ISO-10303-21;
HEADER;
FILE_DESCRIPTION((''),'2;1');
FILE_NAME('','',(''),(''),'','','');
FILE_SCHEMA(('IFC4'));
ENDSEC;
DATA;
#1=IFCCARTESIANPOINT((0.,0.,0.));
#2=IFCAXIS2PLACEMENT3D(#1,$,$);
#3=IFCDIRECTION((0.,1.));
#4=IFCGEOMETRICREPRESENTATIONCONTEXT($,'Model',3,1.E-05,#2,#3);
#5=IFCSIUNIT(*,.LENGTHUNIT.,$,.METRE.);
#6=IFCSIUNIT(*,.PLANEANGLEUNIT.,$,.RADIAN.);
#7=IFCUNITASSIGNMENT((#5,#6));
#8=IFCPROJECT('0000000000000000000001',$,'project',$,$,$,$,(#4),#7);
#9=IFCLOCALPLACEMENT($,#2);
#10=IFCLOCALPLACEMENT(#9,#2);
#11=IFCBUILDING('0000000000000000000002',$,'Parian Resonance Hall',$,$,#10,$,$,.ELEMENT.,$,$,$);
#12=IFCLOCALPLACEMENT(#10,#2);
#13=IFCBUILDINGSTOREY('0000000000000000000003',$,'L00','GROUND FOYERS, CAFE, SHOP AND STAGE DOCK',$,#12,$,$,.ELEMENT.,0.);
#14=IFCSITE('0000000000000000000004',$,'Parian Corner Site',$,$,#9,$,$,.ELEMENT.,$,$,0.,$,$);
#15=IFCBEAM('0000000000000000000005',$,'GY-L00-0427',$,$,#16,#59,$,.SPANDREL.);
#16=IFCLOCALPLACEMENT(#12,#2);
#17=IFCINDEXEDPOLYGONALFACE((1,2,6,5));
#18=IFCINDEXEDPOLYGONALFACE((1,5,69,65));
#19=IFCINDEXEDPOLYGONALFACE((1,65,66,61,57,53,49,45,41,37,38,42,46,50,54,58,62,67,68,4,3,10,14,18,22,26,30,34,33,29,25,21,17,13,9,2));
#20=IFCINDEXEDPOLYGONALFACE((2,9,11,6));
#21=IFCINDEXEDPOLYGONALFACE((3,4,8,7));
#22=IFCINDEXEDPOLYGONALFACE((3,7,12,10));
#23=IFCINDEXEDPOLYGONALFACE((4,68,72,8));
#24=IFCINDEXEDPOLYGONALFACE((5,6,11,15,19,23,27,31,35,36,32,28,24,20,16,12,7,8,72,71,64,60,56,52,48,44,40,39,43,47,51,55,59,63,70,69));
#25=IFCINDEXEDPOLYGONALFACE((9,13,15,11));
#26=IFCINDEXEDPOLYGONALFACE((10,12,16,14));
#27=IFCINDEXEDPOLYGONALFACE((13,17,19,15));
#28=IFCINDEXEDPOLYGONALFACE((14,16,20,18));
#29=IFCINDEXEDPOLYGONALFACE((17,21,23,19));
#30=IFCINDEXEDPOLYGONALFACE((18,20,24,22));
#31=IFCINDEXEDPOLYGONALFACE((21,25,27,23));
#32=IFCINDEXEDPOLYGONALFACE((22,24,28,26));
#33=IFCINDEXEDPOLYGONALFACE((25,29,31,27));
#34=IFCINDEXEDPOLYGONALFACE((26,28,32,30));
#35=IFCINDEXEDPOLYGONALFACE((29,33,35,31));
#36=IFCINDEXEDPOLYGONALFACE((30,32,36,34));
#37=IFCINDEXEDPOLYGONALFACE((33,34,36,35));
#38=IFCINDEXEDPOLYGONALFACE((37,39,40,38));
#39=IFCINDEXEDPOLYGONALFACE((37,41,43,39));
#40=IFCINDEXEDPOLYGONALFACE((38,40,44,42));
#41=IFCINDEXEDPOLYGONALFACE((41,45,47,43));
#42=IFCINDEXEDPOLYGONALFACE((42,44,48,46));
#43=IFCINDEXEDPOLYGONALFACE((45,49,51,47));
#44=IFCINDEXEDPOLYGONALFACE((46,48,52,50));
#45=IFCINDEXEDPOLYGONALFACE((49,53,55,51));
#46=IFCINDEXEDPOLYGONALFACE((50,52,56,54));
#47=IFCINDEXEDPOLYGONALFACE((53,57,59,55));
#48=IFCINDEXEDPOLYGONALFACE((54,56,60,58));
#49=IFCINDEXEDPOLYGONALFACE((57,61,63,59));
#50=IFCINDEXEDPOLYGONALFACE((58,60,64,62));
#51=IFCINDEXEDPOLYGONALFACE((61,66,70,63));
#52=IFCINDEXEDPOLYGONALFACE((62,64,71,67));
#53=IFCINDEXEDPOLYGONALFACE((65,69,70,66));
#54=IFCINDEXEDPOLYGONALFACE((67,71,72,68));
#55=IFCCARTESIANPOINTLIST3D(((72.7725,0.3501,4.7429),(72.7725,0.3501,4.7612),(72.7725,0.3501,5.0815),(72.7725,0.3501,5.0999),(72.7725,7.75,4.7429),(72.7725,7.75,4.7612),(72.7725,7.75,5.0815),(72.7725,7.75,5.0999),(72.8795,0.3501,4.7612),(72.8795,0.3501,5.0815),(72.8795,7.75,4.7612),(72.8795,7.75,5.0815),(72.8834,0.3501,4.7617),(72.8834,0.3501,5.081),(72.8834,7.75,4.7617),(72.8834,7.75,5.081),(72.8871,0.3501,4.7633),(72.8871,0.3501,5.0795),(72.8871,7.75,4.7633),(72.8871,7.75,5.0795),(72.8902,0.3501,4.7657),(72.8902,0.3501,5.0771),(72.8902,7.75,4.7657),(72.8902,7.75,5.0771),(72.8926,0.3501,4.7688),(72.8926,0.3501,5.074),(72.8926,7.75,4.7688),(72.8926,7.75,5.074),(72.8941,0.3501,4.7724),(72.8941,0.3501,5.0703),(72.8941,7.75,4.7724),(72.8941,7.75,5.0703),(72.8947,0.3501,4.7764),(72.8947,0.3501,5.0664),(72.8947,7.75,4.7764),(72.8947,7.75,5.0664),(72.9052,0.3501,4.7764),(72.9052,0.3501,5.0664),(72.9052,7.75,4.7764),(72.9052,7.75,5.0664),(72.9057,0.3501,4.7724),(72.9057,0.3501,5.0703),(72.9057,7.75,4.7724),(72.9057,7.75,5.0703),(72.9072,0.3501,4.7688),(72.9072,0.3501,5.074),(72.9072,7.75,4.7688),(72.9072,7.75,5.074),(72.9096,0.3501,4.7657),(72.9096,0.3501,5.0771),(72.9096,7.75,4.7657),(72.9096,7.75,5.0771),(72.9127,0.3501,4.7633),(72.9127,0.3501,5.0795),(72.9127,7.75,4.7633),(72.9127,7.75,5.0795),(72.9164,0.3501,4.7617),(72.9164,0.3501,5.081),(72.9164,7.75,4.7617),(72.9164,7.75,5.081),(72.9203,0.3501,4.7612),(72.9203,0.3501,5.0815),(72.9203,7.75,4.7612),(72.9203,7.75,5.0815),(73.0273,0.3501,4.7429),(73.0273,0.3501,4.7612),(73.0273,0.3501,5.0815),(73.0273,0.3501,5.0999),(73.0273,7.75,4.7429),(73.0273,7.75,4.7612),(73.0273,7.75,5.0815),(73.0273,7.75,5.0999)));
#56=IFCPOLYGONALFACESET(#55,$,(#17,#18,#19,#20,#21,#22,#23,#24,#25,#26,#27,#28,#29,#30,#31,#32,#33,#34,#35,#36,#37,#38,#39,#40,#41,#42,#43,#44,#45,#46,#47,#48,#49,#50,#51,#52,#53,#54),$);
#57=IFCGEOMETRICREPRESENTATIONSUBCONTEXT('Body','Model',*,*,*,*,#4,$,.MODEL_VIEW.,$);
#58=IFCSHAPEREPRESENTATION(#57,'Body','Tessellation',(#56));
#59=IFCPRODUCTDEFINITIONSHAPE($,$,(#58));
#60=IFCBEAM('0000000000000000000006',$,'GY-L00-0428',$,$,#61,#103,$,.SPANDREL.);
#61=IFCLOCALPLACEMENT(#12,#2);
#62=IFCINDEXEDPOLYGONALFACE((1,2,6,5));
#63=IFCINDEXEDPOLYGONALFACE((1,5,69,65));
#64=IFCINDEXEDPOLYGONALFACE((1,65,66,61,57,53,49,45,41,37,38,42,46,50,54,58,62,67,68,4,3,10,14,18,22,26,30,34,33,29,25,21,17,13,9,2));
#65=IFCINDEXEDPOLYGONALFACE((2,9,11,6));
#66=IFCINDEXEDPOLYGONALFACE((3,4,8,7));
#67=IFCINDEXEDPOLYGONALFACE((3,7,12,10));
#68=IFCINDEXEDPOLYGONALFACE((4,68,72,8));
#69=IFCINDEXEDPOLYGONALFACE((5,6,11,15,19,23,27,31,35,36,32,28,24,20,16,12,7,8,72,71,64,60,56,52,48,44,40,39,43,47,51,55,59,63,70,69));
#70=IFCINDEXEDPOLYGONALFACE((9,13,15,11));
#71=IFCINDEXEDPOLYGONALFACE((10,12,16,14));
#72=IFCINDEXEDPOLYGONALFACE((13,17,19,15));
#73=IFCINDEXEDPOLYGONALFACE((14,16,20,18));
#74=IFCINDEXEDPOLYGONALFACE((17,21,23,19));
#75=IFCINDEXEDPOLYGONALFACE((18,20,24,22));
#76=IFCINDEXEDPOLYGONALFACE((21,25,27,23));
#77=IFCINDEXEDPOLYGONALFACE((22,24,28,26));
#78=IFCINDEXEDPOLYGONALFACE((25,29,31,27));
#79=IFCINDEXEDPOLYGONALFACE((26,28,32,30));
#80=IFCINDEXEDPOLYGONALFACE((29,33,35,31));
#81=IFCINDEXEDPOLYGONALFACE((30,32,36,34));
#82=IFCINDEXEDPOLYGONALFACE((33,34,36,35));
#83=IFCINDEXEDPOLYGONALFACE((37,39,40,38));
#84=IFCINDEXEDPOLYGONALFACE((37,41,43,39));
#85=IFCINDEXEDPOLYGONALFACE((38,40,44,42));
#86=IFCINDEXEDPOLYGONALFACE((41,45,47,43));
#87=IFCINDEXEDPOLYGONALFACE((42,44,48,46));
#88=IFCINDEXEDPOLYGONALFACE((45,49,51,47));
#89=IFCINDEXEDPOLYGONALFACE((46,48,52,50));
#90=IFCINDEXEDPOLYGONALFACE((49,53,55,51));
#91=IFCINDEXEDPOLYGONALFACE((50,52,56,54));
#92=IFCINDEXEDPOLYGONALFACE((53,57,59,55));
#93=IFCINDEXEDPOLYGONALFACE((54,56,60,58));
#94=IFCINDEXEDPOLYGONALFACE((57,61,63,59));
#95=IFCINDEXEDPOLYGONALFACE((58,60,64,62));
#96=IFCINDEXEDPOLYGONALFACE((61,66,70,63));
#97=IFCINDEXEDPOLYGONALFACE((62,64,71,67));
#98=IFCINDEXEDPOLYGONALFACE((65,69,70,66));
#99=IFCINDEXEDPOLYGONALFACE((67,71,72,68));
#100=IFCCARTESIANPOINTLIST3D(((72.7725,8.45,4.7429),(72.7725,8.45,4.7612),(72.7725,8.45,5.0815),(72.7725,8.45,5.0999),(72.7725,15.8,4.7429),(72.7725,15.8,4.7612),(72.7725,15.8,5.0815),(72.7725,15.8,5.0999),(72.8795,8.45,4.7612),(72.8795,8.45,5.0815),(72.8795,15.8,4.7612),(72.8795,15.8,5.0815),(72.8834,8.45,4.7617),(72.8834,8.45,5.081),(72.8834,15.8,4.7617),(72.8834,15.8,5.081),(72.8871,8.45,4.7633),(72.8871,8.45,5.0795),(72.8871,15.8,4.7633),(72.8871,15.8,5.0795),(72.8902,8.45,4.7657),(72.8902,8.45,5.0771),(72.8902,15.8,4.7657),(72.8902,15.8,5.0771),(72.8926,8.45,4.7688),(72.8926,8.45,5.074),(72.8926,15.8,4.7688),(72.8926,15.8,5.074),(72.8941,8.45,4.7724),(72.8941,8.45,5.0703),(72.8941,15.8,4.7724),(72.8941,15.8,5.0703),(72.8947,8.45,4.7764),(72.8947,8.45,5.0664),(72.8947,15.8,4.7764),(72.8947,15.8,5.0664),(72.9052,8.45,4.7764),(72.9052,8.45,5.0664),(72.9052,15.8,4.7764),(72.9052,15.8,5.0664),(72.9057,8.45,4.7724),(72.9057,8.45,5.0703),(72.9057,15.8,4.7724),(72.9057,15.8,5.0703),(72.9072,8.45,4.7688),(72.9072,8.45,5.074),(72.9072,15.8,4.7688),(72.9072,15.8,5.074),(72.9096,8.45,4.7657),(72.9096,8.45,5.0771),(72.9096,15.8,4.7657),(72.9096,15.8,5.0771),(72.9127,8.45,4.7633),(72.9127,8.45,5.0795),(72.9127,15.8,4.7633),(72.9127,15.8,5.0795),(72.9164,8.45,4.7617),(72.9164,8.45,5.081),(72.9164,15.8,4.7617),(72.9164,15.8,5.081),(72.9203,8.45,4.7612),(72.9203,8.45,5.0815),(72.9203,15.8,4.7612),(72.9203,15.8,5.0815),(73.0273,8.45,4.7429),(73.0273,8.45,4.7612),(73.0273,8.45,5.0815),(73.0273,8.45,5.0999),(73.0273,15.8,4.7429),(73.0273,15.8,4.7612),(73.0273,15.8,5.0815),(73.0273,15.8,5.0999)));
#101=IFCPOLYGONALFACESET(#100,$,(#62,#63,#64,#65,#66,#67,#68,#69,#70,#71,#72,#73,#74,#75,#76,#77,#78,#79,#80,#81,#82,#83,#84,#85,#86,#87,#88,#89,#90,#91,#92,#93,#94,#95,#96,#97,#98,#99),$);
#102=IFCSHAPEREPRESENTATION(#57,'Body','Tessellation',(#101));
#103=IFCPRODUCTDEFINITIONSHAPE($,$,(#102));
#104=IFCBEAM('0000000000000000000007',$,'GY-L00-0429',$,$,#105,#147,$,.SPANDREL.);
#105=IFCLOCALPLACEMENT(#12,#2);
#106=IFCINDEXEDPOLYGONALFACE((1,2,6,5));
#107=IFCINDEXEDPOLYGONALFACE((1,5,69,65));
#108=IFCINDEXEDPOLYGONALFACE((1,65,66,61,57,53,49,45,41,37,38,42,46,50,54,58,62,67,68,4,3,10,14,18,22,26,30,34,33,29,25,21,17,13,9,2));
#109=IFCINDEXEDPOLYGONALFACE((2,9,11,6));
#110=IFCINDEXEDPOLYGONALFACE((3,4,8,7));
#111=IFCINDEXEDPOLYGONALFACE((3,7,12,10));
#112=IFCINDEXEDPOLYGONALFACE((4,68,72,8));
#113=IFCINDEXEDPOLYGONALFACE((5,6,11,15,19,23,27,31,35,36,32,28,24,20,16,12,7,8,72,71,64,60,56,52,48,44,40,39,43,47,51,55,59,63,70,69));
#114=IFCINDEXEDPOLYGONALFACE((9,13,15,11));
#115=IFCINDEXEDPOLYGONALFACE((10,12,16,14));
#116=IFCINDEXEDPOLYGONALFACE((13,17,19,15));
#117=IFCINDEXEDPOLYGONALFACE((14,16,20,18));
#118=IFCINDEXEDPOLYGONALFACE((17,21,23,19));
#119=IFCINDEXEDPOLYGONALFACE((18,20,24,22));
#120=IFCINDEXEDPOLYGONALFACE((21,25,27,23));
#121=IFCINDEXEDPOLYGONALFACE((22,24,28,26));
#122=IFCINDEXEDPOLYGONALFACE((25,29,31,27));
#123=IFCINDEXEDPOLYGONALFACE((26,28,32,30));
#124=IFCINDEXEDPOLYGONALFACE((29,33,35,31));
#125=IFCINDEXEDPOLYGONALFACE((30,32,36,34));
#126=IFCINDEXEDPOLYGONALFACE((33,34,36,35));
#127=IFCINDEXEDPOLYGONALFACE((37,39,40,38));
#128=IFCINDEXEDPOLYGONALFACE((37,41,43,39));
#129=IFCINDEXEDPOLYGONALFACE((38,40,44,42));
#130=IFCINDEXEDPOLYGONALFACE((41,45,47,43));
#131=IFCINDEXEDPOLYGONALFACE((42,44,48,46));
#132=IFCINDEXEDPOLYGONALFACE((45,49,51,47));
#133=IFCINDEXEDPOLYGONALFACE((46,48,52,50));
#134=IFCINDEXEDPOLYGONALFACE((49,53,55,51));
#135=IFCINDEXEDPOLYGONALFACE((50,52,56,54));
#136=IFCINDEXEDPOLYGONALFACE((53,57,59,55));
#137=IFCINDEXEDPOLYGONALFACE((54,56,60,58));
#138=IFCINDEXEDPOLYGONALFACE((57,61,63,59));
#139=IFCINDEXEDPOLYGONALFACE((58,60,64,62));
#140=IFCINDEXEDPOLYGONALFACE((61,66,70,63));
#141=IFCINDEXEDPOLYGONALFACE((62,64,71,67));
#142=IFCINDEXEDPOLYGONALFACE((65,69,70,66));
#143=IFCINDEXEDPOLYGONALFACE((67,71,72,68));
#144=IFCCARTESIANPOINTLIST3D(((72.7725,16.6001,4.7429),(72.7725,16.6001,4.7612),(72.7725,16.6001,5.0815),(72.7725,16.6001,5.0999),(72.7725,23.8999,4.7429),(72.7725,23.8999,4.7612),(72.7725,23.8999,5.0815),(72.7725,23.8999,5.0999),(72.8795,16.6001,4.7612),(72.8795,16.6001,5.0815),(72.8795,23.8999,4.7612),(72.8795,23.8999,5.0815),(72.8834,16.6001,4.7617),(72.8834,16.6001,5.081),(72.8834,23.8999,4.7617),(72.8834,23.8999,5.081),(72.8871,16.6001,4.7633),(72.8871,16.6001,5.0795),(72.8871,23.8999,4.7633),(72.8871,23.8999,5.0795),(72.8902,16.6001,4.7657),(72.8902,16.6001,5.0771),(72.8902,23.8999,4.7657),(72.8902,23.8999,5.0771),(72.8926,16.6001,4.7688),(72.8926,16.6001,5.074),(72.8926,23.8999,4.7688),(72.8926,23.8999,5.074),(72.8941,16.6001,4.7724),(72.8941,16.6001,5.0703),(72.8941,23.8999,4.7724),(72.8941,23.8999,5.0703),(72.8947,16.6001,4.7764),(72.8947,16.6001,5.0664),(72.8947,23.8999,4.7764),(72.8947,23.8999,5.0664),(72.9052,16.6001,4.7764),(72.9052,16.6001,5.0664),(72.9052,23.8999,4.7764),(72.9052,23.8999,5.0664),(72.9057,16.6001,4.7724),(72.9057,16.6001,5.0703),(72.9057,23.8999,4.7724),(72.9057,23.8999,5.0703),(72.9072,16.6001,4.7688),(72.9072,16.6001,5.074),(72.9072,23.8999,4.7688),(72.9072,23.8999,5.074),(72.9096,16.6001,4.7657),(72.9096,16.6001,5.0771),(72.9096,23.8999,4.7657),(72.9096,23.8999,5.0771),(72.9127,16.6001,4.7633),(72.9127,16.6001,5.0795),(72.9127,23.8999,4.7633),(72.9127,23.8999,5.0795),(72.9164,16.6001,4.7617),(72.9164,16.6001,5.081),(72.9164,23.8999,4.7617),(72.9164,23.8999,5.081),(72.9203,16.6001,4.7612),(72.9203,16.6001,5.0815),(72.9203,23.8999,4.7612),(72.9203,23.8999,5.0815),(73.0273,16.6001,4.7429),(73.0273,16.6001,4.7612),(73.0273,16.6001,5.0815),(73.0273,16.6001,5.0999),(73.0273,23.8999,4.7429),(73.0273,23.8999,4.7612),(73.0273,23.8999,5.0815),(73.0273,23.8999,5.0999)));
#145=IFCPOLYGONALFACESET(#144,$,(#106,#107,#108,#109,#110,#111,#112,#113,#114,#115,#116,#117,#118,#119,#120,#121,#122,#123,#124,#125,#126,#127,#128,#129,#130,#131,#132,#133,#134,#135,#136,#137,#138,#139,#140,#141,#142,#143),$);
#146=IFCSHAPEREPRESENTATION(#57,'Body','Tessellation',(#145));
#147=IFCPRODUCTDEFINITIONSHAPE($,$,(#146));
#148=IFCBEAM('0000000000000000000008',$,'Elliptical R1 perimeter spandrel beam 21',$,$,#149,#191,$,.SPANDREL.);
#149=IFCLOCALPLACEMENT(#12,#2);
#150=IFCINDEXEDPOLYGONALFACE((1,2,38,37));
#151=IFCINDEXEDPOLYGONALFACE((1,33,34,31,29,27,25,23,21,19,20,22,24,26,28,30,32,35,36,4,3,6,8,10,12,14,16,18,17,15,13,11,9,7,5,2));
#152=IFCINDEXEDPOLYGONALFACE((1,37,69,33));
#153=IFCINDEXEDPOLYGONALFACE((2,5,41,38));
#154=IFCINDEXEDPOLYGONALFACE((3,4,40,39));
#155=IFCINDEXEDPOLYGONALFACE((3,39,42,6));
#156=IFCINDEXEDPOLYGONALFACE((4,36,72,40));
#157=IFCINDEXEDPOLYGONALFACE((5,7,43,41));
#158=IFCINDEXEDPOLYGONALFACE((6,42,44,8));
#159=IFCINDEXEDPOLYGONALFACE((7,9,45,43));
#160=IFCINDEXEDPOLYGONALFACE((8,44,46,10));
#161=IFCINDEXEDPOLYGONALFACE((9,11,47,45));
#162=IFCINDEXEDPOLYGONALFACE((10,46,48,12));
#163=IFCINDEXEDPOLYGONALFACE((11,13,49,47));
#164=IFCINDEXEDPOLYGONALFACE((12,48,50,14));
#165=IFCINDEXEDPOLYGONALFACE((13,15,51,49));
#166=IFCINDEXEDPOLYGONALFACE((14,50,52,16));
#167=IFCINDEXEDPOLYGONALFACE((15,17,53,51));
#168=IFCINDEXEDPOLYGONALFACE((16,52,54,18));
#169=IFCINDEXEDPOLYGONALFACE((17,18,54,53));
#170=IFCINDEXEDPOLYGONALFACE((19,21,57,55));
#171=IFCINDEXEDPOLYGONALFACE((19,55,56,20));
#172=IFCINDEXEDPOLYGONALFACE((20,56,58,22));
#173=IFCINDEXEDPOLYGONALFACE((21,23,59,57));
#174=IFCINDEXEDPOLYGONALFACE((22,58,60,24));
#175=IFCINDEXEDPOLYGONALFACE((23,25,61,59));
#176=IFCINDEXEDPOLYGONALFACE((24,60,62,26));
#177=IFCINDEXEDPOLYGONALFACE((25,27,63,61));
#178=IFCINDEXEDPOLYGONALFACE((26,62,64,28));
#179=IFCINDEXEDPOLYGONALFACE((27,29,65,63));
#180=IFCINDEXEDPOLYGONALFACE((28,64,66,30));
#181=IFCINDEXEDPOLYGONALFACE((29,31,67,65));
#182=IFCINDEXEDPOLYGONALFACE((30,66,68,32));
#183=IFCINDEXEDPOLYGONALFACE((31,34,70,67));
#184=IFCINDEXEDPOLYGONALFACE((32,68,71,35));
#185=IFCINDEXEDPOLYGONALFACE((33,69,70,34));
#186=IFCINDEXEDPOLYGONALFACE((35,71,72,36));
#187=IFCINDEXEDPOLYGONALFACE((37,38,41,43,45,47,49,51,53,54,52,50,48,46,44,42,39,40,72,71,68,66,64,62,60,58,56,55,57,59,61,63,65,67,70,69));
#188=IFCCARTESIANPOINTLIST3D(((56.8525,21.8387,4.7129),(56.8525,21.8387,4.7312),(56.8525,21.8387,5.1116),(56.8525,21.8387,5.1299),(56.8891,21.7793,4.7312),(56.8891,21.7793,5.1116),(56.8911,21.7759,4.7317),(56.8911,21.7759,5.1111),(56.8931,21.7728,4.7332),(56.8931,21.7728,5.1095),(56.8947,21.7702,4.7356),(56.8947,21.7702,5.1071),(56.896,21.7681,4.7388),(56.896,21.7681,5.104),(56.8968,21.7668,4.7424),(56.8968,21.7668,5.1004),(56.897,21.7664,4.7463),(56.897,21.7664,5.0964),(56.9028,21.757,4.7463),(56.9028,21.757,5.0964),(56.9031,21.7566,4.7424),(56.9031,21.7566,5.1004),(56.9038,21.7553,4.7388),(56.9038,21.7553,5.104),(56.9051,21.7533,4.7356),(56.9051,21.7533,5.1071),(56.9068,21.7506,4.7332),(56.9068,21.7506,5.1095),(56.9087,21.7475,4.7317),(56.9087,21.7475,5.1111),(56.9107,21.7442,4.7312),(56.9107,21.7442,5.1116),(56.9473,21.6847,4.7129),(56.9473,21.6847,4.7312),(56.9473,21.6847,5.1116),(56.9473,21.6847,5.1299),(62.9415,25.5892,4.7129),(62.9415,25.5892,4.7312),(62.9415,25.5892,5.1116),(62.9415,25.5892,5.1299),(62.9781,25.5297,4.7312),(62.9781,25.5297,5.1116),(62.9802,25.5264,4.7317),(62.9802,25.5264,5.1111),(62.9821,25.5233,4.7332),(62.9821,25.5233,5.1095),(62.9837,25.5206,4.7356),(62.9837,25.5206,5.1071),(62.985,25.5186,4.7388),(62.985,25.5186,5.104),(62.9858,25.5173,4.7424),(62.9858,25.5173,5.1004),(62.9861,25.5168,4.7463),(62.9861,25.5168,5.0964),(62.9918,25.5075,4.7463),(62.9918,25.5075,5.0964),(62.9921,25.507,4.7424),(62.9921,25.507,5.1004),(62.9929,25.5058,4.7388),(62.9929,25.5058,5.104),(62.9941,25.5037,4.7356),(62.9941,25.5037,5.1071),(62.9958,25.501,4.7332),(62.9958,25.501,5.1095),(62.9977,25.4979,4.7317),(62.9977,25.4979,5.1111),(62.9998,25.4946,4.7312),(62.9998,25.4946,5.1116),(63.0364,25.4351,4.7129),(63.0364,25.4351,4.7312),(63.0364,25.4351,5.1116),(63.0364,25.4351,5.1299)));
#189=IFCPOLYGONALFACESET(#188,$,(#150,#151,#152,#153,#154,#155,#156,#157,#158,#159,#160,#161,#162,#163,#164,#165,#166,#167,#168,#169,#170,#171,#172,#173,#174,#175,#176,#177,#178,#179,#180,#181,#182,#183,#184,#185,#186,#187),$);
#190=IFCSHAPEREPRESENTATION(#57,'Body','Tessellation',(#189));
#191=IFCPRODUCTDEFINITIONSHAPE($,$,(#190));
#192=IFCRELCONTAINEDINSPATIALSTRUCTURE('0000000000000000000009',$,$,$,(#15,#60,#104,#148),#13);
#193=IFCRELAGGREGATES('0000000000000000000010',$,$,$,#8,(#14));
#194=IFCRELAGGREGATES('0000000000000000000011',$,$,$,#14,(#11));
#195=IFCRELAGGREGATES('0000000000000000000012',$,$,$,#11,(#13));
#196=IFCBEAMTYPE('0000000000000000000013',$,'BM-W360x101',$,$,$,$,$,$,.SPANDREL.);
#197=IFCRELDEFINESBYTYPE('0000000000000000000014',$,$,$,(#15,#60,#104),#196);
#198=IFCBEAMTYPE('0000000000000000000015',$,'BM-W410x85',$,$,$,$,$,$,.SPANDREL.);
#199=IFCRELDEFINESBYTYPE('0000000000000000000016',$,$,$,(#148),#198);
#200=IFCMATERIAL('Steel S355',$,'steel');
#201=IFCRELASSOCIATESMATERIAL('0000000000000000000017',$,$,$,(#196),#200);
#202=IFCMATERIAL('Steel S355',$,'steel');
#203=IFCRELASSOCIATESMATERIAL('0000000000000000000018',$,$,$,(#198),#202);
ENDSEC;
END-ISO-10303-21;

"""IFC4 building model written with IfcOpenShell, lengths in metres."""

from ifc_helpers import new_model, si_unit, direction, frame, origin, origin_2d, place, context, subcontext, project, spatial, i_section, extrude, material, material_profile, profile_set, type_object, element, save


model = new_model("IFC4")

# Units and contexts
model_context = context("Model", 3, precision=1e-05, world=origin(), true_north=direction((0.0, 1.0)))
body_context = subcontext(model_context, "Body", "Model", "MODEL_VIEW")
ifc_project = project(units=[si_unit("LENGTHUNIT", "METRE"), si_unit("PLANEANGLEUNIT", "RADIAN")], contexts=[model_context])

# Site, building, storey
site_placement = place(None, origin())
site = spatial("IfcSite", under=ifc_project, at=site_placement, Name="Parian Corner Site", CompositionType="ELEMENT", RefElevation=0.0)
building_placement = place(site_placement, origin())
building = spatial("IfcBuilding", under=site, at=building_placement, Name="Parian Resonance Hall", CompositionType="ELEMENT")
storey_placement = place(building_placement, origin())
storey = spatial("IfcBuildingStorey", under=building, at=storey_placement, Name="L00", Description="GROUND FOYERS, CAFE, SHOP AND STAGE DOCK", CompositionType="ELEMENT", Elevation=0.0)

# Beams
ifc_material_1 = material(Name="Steel S355", Category="steel")
ifc_material_profile_1 = material_profile(ifc_material_1, i_section(OverallWidth=0.2549, OverallDepth=0.3569, WebThickness=0.0105, FlangeThickness=0.0183, FilletRadius=0.0151, at=origin_2d()), Name="W360x101")
ifc_profile_set_1 = profile_set([ifc_material_profile_1], Name="Steel S355")
beam_type_1 = type_object("IfcBeamType", Name="BM-W360x101", PredefinedType="SPANDREL", material=ifc_profile_set_1)
beam_1_placement = place(storey_placement, frame((72.8999, 0.3501, 4.9214), z_axis=(0.0, 1.0, 0.0), x_axis=(-1.0, 0.0, 0.0)))
element("IfcBeam", 1, at=beam_1_placement, inside=storey, type_object=beam_type_1, Name="GY-L00-0427", PredefinedType="SPANDREL", context=body_context, shape_type="SweptSolid", body=[
    extrude(i_section(OverallWidth=0.2549, OverallDepth=0.3569, WebThickness=0.0105, FlangeThickness=0.0183, FilletRadius=0.0151, at=origin_2d()), origin(), (0.0, 0.0, 1.0), 7.3999),
])
beam_2_placement = place(storey_placement, frame((72.8999, 8.45, 4.9214), z_axis=(0.0, 1.0, 0.0), x_axis=(-1.0, 0.0, 0.0)))
element("IfcBeam", 2, at=beam_2_placement, inside=storey, type_object=beam_type_1, Name="GY-L00-0428", PredefinedType="SPANDREL", context=body_context, shape_type="SweptSolid", body=[
    extrude(i_section(OverallWidth=0.2549, OverallDepth=0.3569, WebThickness=0.0105, FlangeThickness=0.0183, FilletRadius=0.0151, at=origin_2d()), origin(), (0.0, 0.0, 1.0), 7.3501),
])
beam_3_placement = place(storey_placement, frame((72.8999, 16.6001, 4.9214), z_axis=(0.0, 1.0, 0.0), x_axis=(-1.0, 0.0, 0.0)))
element("IfcBeam", 3, at=beam_3_placement, inside=storey, type_object=beam_type_1, Name="GY-L00-0429", PredefinedType="SPANDREL", context=body_context, shape_type="SweptSolid", body=[
    extrude(i_section(OverallWidth=0.2549, OverallDepth=0.3569, WebThickness=0.0105, FlangeThickness=0.0183, FilletRadius=0.0151, at=origin_2d()), origin(), (0.0, 0.0, 1.0), 7.2998),
])
ifc_material_2 = material(Name="Steel S355", Category="steel")
ifc_material_profile_2 = material_profile(ifc_material_2, i_section(OverallWidth=0.1809, OverallDepth=0.417, WebThickness=0.011, FlangeThickness=0.0183, FilletRadius=0.0151, at=origin_2d()), Name="W410x85")
ifc_profile_set_2 = profile_set([ifc_material_profile_2], Name="Steel S355")
beam_type_2 = type_object("IfcBeamType", Name="BM-W410x85", PredefinedType="SPANDREL", material=ifc_profile_set_2)
beam_4_placement = place(storey_placement, frame((56.8999, 21.7617, 4.9214), z_axis=(0.85145, 0.524436, 0.0), x_axis=(-0.524436, 0.85145, 0.0)))
element("IfcBeam", 4, at=beam_4_placement, inside=storey, type_object=beam_type_2, Name="Elliptical R1 perimeter spandrel beam 21", PredefinedType="SPANDREL", context=body_context, shape_type="SweptSolid", body=[
    extrude(i_section(OverallWidth=0.1809, OverallDepth=0.417, WebThickness=0.011, FlangeThickness=0.0183, FilletRadius=0.0151, at=origin_2d()), origin(), (0.0, 0.0, 1.0), 7.1514),
])

save(model, "model.ifc")
